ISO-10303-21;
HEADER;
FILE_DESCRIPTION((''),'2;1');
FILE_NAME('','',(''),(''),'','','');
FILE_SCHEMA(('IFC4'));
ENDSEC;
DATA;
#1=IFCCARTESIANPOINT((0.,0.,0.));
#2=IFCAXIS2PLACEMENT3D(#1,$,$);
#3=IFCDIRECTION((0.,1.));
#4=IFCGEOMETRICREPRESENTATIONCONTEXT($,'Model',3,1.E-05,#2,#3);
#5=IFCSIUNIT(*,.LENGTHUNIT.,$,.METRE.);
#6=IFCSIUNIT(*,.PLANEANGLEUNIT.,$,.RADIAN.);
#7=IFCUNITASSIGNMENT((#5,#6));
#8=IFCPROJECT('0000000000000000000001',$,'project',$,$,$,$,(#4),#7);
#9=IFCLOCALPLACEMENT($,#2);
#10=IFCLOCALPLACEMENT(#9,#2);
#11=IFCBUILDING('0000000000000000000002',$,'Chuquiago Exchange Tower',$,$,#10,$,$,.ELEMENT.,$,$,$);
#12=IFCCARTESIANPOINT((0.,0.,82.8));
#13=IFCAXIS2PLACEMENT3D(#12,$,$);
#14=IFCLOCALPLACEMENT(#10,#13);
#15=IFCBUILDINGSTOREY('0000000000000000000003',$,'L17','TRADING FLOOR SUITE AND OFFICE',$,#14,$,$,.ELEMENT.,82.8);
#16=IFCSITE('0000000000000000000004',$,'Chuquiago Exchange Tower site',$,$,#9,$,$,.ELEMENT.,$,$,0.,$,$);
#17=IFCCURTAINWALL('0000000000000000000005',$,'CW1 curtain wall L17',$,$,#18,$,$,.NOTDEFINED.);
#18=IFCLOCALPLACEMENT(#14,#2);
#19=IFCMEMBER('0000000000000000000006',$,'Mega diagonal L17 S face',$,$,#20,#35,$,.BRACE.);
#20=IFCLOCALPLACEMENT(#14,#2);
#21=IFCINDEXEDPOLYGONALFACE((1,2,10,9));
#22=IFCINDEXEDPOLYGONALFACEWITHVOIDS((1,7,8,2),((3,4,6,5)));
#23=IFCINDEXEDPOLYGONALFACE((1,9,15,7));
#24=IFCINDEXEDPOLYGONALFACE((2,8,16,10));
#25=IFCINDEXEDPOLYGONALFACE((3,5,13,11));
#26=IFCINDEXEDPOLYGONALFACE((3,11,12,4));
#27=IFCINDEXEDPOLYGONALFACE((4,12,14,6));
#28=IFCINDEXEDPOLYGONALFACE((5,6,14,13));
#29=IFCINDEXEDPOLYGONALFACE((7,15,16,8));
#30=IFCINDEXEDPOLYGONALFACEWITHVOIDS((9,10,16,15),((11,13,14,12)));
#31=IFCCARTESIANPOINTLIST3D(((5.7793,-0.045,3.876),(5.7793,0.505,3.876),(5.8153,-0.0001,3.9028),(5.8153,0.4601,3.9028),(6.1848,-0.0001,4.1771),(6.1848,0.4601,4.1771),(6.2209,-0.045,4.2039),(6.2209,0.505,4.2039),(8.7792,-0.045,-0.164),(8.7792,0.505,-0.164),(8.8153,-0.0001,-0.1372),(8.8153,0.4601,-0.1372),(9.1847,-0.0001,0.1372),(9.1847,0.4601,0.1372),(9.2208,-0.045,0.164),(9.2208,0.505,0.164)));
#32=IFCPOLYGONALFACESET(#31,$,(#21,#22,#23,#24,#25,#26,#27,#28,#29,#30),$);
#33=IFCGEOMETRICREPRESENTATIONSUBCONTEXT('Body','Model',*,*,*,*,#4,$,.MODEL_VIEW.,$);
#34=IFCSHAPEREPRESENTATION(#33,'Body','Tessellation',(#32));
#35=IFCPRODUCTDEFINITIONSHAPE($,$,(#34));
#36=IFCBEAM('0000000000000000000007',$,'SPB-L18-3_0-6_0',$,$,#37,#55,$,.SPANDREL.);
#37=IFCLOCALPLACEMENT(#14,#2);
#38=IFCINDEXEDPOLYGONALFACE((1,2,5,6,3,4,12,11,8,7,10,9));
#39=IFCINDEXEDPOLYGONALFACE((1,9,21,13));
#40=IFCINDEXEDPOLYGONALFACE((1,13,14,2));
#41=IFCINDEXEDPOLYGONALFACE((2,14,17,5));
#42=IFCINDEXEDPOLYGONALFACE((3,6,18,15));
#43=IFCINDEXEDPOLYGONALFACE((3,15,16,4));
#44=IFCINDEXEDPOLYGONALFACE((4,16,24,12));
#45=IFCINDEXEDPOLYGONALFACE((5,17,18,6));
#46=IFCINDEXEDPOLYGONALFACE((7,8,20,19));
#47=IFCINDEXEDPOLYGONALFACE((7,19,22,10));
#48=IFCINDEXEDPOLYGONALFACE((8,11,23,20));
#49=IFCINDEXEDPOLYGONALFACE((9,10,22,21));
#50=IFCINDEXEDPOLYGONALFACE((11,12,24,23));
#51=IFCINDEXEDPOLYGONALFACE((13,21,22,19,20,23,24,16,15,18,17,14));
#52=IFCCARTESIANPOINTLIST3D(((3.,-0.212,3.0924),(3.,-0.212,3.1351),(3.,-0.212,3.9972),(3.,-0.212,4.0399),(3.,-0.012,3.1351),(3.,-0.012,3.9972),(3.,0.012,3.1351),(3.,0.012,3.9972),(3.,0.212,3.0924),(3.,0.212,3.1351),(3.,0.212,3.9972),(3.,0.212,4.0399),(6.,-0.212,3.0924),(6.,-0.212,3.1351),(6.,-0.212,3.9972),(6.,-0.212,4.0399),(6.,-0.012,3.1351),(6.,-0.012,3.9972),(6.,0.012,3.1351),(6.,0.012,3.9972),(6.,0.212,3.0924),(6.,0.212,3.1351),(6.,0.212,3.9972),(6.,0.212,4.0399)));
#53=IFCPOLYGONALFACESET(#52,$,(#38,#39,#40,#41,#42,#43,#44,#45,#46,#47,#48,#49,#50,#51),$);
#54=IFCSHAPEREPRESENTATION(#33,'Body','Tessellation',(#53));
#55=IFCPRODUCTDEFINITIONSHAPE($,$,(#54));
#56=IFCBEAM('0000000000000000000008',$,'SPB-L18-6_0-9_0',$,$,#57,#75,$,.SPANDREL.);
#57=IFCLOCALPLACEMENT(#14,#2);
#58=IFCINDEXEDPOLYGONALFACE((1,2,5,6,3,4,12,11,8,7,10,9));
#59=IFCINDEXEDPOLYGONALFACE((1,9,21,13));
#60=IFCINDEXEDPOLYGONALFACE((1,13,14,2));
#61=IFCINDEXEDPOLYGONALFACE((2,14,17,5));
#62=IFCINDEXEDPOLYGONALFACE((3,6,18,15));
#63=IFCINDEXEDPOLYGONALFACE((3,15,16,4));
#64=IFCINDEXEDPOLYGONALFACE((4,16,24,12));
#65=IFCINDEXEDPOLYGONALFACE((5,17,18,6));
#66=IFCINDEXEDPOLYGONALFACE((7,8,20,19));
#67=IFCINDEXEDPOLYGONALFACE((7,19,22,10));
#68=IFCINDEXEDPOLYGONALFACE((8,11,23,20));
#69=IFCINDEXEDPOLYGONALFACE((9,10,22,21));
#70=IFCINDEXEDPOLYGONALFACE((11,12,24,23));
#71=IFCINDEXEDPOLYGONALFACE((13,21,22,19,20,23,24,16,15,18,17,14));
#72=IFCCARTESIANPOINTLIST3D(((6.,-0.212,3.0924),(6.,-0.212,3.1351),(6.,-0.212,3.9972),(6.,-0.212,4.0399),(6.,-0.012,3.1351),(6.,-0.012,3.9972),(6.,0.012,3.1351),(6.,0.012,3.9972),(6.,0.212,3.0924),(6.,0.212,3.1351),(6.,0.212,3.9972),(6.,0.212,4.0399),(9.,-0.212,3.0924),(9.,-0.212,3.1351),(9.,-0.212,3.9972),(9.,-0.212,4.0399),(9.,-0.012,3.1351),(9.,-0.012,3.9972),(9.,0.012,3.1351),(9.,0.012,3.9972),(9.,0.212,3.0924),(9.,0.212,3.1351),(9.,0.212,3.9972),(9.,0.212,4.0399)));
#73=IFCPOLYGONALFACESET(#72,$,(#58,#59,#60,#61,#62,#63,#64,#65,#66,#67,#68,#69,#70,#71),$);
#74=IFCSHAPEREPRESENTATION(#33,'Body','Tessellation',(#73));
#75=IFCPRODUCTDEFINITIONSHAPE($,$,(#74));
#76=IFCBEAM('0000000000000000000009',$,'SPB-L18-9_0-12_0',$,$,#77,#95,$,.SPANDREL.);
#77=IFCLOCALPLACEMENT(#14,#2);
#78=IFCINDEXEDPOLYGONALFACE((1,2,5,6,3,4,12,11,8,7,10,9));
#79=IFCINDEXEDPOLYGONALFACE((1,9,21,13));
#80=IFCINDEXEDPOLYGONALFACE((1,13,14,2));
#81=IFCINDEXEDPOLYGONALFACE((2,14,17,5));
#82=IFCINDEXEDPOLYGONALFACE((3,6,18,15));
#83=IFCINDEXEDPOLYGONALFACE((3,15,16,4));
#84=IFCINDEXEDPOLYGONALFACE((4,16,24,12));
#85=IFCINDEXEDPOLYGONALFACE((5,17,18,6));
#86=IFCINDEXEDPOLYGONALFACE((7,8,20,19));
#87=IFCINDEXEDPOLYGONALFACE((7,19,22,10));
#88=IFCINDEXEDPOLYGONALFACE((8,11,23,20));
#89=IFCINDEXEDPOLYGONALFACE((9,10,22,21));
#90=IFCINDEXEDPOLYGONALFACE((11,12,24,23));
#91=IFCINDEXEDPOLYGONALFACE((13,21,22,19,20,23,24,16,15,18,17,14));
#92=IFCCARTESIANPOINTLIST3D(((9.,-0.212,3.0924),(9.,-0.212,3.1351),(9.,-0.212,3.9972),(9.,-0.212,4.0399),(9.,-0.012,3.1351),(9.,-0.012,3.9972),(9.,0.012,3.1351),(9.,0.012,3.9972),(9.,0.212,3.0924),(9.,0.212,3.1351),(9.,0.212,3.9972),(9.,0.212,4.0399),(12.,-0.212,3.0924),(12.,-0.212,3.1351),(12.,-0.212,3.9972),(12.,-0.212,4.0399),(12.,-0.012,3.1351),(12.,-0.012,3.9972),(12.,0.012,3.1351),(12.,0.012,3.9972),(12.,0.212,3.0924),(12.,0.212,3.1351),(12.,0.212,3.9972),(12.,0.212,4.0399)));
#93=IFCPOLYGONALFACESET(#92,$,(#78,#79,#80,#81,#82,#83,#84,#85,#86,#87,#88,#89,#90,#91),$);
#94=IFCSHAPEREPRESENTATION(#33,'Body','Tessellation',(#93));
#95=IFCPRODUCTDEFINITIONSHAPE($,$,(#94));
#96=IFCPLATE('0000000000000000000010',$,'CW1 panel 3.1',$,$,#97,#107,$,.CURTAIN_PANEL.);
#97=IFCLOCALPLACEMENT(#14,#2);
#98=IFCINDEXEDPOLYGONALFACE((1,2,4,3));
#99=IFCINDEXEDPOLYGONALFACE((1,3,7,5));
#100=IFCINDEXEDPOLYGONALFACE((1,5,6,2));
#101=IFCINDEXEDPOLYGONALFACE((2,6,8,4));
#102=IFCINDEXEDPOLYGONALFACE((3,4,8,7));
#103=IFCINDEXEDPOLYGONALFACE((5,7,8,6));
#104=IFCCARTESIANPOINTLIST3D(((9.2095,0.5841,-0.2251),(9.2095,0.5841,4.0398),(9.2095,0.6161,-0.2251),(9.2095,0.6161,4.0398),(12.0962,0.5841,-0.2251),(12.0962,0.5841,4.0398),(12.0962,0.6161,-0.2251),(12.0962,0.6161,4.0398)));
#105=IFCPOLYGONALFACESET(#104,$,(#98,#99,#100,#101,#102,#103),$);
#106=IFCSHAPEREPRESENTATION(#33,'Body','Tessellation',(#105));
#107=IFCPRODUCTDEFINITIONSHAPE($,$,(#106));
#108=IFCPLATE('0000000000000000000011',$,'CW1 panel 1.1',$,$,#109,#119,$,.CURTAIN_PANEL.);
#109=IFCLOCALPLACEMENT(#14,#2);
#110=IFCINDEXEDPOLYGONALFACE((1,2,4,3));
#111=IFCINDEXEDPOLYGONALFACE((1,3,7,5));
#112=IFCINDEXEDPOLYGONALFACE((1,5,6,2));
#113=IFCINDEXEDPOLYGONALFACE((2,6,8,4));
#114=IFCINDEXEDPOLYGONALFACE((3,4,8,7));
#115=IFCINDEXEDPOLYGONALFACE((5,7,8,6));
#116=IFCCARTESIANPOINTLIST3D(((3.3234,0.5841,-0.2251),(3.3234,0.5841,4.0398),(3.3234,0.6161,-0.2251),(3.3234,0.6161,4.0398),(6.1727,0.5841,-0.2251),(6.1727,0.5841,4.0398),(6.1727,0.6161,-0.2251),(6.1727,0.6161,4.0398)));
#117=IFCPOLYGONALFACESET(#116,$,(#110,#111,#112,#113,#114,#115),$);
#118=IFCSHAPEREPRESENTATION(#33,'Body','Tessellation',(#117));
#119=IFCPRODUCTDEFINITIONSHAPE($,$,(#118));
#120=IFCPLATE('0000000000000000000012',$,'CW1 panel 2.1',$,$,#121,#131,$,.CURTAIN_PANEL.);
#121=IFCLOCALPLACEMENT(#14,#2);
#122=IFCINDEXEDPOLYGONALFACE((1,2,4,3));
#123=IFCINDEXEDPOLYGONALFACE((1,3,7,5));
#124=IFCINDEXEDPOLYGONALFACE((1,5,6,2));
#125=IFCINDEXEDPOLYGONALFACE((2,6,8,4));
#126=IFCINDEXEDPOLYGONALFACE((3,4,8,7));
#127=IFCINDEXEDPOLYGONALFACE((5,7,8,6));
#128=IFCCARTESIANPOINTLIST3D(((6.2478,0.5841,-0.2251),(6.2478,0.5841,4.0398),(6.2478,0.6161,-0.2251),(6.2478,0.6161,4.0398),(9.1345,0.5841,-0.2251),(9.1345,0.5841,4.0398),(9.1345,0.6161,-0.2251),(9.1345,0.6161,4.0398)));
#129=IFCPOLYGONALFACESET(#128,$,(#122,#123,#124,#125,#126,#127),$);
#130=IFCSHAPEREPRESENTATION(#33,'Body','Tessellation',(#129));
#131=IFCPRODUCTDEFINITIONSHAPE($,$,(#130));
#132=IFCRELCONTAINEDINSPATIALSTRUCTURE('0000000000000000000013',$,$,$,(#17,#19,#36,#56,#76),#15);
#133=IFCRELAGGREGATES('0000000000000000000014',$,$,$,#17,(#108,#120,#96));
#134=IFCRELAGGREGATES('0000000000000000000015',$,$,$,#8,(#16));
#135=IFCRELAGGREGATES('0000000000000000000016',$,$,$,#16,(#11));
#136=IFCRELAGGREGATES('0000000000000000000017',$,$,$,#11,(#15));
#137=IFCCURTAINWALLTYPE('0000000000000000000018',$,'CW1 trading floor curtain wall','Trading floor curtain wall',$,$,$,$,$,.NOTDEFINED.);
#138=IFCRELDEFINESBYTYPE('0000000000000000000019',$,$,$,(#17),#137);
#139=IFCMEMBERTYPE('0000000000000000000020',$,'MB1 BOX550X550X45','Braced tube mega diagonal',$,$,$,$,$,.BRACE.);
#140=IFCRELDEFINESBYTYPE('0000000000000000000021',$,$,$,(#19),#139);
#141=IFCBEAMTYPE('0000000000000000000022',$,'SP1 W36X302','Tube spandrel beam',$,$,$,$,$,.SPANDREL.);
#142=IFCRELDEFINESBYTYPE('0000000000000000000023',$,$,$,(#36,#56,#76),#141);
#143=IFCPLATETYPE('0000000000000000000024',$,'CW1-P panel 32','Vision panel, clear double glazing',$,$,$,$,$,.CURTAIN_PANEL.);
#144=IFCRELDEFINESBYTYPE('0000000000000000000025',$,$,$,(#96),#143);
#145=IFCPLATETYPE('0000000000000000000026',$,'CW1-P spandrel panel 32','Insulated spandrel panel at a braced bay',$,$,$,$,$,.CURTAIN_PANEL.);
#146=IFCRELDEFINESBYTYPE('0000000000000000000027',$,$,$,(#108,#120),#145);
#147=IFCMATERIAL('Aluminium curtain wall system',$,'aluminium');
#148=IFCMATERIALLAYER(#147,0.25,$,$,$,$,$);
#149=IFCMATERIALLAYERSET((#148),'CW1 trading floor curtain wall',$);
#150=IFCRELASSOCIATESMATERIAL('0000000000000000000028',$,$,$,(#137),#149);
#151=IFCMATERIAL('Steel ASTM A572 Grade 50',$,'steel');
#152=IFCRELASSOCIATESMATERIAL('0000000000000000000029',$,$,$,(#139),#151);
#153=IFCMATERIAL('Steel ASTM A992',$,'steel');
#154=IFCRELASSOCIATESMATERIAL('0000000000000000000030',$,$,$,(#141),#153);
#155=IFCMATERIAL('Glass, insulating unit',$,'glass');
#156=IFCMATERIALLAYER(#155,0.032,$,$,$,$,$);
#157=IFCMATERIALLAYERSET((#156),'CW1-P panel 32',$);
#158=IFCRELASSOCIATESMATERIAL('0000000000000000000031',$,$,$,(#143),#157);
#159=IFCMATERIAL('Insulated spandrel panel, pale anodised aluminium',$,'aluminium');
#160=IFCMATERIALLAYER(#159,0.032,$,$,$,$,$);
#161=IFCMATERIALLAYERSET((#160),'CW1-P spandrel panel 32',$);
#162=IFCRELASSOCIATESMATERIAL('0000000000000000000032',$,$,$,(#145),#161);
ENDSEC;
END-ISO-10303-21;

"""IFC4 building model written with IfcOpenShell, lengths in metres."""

from ifc_helpers import new_model, si_unit, direction, frame, origin, origin_2d, place, context, subcontext, project, spatial, rectangle, hollow_rectangle, i_section, extrude, material, layer, layer_set, material_profile, profile_set, type_object, element, aggregate, save


model = new_model("IFC4")

# Units and contexts
model_context = context("Model", 3, precision=1e-05, world=origin(), true_north=direction((0.0, 1.0)))
body_context = subcontext(model_context, "Body", "Model", "MODEL_VIEW")
ifc_project = project(units=[si_unit("LENGTHUNIT", "METRE"), si_unit("PLANEANGLEUNIT", "RADIAN")], contexts=[model_context])

# Site, building, storey
site_placement = place(None, origin())
site = spatial("IfcSite", under=ifc_project, at=site_placement, Name="Chuquiago Exchange Tower site", CompositionType="ELEMENT", RefElevation=0.0)
building_placement = place(site_placement, origin())
building = spatial("IfcBuilding", under=site, at=building_placement, Name="Chuquiago Exchange Tower", CompositionType="ELEMENT")
storey_placement = place(building_placement, frame((0.0, 0.0, 82.8)))
storey = spatial("IfcBuildingStorey", under=building, at=storey_placement, Name="L17", Description="TRADING FLOOR SUITE AND OFFICE", CompositionType="ELEMENT", Elevation=82.8)

# Curtain wall
ifc_material_1 = material(Name="Aluminium curtain wall system", Category="aluminium")
ifc_layer_1 = layer(ifc_material_1, 0.25)
ifc_layer_set_1 = layer_set([ifc_layer_1], Name="CW1 trading floor curtain wall")
curtain_wall_type_1 = type_object("IfcCurtainWallType", Name="CW1 trading floor curtain wall", Description="Trading floor curtain wall", PredefinedType="NOTDEFINED", material=ifc_layer_set_1)
curtain_wall_1_placement = place(storey_placement, origin())
curtain_wall_1 = element("IfcCurtainWall", 1, at=curtain_wall_1_placement, inside=storey, type_object=curtain_wall_type_1, Name="CW1 curtain wall L17", PredefinedType="NOTDEFINED")

# Member
ifc_material_2 = material(Name="Steel ASTM A572 Grade 50", Category="steel")
ifc_material_profile_1 = material_profile(ifc_material_2, hollow_rectangle(XDim=0.55, YDim=0.55, WallThickness=0.0449, at=origin_2d()), Name="BOX550X550X45")
ifc_profile_set_1 = profile_set([ifc_material_profile_1], Name="Steel ASTM A572 Grade 50")
member_type_1 = type_object("IfcMemberType", Name="MB1 BOX550X550X45", Description="Braced tube mega diagonal", PredefinedType="BRACE", material=ifc_profile_set_1)
for number, where, z_axis, x_axis, name in (
    (2, (9.0, 0.23, 0.0), (-0.596174, 0.0, 0.802855), (0.0, -1.0, 0.0), "Mega diagonal L17 S face"),
):
    element("IfcMember", number, at=place(storey_placement, frame(where, z_axis=z_axis, x_axis=x_axis)), inside=storey, type_object=member_type_1, Name=name, PredefinedType="BRACE", context=body_context, shape_type="SweptSolid", body=[
        extrude(hollow_rectangle(XDim=0.55, YDim=0.55, WallThickness=0.0449, at=origin_2d()), origin(), (0.0, 0.0, 1.0), 5.032),
    ])

# Beams
ifc_material_3 = material(Name="Steel ASTM A992", Category="steel")
ifc_material_profile_2 = material_profile(ifc_material_3, i_section(OverallWidth=0.4241, OverallDepth=0.9475, WebThickness=0.0239, FlangeThickness=0.0427, at=origin_2d()), Name="W36X302")
ifc_profile_set_2 = profile_set([ifc_material_profile_2], Name="Steel ASTM A992")
beam_type = type_object("IfcBeamType", Name="SP1 W36X302", Description="Tube spandrel beam", PredefinedType="SPANDREL", material=ifc_profile_set_2)
for number, where, z_axis, x_axis, name in (
    (3, (3.0, 0.0, 3.5662), (1.0, 0.0, 0.0), (0.0, 1.0, 0.0), "SPB-L18-3_0-6_0"),
    (4, (6.0, 0.0, 3.5662), (1.0, 0.0, 0.0), (0.0, 1.0, 0.0), "SPB-L18-6_0-9_0"),
    (5, (9.0, 0.0, 3.5662), (1.0, 0.0, 0.0), (0.0, 1.0, 0.0), "SPB-L18-9_0-12_0"),
):
    element("IfcBeam", number, at=place(storey_placement, frame(where, z_axis=z_axis, x_axis=x_axis)), inside=storey, type_object=beam_type, Name=name, PredefinedType="SPANDREL", context=body_context, shape_type="SweptSolid", body=[
        extrude(i_section(OverallWidth=0.4241, OverallDepth=0.9475, WebThickness=0.0239, FlangeThickness=0.0427, at=origin_2d()), origin(), (0.0, 0.0, 1.0), 3.0),
    ])

# Plates
ifc_material_4 = material(Name="Glass, insulating unit", Category="glass")
ifc_layer_2 = layer(ifc_material_4, 0.032)
ifc_layer_set_2 = layer_set([ifc_layer_2], Name="CW1-P panel 32")
plate_type_1 = type_object("IfcPlateType", Name="CW1-P panel 32", Description="Vision panel, clear double glazing", PredefinedType="CURTAIN_PANEL", material=ifc_layer_set_2)
plate_1_placement = place(storey_placement, frame((10.6528, 0.6001, -0.2251), z_axis=(0.0, 0.0, 1.0), x_axis=(1.0, 0.0, 0.0)))
plate_1 = element("IfcPlate", 6, at=plate_1_placement, type_object=plate_type_1, Name="CW1 panel 3.1", PredefinedType="CURTAIN_PANEL", context=body_context, shape_type="SweptSolid", body=[
    extrude(rectangle(XDim=2.8867, YDim=0.032, at=origin_2d()), origin(), (0.0, 0.0, 1.0), 4.2649),
])
ifc_material_5 = material(Name="Insulated spandrel panel, pale anodised aluminium", Category="aluminium")
ifc_layer_3 = layer(ifc_material_5, 0.032)
ifc_layer_set_3 = layer_set([ifc_layer_3], Name="CW1-P spandrel panel 32")
plate_type_2 = type_object("IfcPlateType", Name="CW1-P spandrel panel 32", Description="Insulated spandrel panel at a braced bay", PredefinedType="CURTAIN_PANEL", material=ifc_layer_set_3)
plate_2_placement = place(storey_placement, frame((4.748, 0.6001, -0.2251), z_axis=(0.0, 0.0, 1.0), x_axis=(1.0, 0.0, 0.0)))
plate_2 = element("IfcPlate", 7, at=plate_2_placement, type_object=plate_type_2, Name="CW1 panel 1.1", PredefinedType="CURTAIN_PANEL", context=body_context, shape_type="SweptSolid", body=[
    extrude(rectangle(XDim=2.8494, YDim=0.032, at=origin_2d()), origin(), (0.0, 0.0, 1.0), 4.2649),
])
plate_3_placement = place(storey_placement, frame((7.6912, 0.6001, -0.2251), z_axis=(0.0, 0.0, 1.0), x_axis=(1.0, 0.0, 0.0)))
plate_3 = element("IfcPlate", 8, at=plate_3_placement, type_object=plate_type_2, Name="CW1 panel 2.1", PredefinedType="CURTAIN_PANEL", context=body_context, shape_type="SweptSolid", body=[
    extrude(rectangle(XDim=2.8867, YDim=0.032, at=origin_2d()), origin(), (0.0, 0.0, 1.0), 4.2649),
])
aggregate(curtain_wall_1, [plate_2, plate_3, plate_1])

save(model, "model.ifc")
